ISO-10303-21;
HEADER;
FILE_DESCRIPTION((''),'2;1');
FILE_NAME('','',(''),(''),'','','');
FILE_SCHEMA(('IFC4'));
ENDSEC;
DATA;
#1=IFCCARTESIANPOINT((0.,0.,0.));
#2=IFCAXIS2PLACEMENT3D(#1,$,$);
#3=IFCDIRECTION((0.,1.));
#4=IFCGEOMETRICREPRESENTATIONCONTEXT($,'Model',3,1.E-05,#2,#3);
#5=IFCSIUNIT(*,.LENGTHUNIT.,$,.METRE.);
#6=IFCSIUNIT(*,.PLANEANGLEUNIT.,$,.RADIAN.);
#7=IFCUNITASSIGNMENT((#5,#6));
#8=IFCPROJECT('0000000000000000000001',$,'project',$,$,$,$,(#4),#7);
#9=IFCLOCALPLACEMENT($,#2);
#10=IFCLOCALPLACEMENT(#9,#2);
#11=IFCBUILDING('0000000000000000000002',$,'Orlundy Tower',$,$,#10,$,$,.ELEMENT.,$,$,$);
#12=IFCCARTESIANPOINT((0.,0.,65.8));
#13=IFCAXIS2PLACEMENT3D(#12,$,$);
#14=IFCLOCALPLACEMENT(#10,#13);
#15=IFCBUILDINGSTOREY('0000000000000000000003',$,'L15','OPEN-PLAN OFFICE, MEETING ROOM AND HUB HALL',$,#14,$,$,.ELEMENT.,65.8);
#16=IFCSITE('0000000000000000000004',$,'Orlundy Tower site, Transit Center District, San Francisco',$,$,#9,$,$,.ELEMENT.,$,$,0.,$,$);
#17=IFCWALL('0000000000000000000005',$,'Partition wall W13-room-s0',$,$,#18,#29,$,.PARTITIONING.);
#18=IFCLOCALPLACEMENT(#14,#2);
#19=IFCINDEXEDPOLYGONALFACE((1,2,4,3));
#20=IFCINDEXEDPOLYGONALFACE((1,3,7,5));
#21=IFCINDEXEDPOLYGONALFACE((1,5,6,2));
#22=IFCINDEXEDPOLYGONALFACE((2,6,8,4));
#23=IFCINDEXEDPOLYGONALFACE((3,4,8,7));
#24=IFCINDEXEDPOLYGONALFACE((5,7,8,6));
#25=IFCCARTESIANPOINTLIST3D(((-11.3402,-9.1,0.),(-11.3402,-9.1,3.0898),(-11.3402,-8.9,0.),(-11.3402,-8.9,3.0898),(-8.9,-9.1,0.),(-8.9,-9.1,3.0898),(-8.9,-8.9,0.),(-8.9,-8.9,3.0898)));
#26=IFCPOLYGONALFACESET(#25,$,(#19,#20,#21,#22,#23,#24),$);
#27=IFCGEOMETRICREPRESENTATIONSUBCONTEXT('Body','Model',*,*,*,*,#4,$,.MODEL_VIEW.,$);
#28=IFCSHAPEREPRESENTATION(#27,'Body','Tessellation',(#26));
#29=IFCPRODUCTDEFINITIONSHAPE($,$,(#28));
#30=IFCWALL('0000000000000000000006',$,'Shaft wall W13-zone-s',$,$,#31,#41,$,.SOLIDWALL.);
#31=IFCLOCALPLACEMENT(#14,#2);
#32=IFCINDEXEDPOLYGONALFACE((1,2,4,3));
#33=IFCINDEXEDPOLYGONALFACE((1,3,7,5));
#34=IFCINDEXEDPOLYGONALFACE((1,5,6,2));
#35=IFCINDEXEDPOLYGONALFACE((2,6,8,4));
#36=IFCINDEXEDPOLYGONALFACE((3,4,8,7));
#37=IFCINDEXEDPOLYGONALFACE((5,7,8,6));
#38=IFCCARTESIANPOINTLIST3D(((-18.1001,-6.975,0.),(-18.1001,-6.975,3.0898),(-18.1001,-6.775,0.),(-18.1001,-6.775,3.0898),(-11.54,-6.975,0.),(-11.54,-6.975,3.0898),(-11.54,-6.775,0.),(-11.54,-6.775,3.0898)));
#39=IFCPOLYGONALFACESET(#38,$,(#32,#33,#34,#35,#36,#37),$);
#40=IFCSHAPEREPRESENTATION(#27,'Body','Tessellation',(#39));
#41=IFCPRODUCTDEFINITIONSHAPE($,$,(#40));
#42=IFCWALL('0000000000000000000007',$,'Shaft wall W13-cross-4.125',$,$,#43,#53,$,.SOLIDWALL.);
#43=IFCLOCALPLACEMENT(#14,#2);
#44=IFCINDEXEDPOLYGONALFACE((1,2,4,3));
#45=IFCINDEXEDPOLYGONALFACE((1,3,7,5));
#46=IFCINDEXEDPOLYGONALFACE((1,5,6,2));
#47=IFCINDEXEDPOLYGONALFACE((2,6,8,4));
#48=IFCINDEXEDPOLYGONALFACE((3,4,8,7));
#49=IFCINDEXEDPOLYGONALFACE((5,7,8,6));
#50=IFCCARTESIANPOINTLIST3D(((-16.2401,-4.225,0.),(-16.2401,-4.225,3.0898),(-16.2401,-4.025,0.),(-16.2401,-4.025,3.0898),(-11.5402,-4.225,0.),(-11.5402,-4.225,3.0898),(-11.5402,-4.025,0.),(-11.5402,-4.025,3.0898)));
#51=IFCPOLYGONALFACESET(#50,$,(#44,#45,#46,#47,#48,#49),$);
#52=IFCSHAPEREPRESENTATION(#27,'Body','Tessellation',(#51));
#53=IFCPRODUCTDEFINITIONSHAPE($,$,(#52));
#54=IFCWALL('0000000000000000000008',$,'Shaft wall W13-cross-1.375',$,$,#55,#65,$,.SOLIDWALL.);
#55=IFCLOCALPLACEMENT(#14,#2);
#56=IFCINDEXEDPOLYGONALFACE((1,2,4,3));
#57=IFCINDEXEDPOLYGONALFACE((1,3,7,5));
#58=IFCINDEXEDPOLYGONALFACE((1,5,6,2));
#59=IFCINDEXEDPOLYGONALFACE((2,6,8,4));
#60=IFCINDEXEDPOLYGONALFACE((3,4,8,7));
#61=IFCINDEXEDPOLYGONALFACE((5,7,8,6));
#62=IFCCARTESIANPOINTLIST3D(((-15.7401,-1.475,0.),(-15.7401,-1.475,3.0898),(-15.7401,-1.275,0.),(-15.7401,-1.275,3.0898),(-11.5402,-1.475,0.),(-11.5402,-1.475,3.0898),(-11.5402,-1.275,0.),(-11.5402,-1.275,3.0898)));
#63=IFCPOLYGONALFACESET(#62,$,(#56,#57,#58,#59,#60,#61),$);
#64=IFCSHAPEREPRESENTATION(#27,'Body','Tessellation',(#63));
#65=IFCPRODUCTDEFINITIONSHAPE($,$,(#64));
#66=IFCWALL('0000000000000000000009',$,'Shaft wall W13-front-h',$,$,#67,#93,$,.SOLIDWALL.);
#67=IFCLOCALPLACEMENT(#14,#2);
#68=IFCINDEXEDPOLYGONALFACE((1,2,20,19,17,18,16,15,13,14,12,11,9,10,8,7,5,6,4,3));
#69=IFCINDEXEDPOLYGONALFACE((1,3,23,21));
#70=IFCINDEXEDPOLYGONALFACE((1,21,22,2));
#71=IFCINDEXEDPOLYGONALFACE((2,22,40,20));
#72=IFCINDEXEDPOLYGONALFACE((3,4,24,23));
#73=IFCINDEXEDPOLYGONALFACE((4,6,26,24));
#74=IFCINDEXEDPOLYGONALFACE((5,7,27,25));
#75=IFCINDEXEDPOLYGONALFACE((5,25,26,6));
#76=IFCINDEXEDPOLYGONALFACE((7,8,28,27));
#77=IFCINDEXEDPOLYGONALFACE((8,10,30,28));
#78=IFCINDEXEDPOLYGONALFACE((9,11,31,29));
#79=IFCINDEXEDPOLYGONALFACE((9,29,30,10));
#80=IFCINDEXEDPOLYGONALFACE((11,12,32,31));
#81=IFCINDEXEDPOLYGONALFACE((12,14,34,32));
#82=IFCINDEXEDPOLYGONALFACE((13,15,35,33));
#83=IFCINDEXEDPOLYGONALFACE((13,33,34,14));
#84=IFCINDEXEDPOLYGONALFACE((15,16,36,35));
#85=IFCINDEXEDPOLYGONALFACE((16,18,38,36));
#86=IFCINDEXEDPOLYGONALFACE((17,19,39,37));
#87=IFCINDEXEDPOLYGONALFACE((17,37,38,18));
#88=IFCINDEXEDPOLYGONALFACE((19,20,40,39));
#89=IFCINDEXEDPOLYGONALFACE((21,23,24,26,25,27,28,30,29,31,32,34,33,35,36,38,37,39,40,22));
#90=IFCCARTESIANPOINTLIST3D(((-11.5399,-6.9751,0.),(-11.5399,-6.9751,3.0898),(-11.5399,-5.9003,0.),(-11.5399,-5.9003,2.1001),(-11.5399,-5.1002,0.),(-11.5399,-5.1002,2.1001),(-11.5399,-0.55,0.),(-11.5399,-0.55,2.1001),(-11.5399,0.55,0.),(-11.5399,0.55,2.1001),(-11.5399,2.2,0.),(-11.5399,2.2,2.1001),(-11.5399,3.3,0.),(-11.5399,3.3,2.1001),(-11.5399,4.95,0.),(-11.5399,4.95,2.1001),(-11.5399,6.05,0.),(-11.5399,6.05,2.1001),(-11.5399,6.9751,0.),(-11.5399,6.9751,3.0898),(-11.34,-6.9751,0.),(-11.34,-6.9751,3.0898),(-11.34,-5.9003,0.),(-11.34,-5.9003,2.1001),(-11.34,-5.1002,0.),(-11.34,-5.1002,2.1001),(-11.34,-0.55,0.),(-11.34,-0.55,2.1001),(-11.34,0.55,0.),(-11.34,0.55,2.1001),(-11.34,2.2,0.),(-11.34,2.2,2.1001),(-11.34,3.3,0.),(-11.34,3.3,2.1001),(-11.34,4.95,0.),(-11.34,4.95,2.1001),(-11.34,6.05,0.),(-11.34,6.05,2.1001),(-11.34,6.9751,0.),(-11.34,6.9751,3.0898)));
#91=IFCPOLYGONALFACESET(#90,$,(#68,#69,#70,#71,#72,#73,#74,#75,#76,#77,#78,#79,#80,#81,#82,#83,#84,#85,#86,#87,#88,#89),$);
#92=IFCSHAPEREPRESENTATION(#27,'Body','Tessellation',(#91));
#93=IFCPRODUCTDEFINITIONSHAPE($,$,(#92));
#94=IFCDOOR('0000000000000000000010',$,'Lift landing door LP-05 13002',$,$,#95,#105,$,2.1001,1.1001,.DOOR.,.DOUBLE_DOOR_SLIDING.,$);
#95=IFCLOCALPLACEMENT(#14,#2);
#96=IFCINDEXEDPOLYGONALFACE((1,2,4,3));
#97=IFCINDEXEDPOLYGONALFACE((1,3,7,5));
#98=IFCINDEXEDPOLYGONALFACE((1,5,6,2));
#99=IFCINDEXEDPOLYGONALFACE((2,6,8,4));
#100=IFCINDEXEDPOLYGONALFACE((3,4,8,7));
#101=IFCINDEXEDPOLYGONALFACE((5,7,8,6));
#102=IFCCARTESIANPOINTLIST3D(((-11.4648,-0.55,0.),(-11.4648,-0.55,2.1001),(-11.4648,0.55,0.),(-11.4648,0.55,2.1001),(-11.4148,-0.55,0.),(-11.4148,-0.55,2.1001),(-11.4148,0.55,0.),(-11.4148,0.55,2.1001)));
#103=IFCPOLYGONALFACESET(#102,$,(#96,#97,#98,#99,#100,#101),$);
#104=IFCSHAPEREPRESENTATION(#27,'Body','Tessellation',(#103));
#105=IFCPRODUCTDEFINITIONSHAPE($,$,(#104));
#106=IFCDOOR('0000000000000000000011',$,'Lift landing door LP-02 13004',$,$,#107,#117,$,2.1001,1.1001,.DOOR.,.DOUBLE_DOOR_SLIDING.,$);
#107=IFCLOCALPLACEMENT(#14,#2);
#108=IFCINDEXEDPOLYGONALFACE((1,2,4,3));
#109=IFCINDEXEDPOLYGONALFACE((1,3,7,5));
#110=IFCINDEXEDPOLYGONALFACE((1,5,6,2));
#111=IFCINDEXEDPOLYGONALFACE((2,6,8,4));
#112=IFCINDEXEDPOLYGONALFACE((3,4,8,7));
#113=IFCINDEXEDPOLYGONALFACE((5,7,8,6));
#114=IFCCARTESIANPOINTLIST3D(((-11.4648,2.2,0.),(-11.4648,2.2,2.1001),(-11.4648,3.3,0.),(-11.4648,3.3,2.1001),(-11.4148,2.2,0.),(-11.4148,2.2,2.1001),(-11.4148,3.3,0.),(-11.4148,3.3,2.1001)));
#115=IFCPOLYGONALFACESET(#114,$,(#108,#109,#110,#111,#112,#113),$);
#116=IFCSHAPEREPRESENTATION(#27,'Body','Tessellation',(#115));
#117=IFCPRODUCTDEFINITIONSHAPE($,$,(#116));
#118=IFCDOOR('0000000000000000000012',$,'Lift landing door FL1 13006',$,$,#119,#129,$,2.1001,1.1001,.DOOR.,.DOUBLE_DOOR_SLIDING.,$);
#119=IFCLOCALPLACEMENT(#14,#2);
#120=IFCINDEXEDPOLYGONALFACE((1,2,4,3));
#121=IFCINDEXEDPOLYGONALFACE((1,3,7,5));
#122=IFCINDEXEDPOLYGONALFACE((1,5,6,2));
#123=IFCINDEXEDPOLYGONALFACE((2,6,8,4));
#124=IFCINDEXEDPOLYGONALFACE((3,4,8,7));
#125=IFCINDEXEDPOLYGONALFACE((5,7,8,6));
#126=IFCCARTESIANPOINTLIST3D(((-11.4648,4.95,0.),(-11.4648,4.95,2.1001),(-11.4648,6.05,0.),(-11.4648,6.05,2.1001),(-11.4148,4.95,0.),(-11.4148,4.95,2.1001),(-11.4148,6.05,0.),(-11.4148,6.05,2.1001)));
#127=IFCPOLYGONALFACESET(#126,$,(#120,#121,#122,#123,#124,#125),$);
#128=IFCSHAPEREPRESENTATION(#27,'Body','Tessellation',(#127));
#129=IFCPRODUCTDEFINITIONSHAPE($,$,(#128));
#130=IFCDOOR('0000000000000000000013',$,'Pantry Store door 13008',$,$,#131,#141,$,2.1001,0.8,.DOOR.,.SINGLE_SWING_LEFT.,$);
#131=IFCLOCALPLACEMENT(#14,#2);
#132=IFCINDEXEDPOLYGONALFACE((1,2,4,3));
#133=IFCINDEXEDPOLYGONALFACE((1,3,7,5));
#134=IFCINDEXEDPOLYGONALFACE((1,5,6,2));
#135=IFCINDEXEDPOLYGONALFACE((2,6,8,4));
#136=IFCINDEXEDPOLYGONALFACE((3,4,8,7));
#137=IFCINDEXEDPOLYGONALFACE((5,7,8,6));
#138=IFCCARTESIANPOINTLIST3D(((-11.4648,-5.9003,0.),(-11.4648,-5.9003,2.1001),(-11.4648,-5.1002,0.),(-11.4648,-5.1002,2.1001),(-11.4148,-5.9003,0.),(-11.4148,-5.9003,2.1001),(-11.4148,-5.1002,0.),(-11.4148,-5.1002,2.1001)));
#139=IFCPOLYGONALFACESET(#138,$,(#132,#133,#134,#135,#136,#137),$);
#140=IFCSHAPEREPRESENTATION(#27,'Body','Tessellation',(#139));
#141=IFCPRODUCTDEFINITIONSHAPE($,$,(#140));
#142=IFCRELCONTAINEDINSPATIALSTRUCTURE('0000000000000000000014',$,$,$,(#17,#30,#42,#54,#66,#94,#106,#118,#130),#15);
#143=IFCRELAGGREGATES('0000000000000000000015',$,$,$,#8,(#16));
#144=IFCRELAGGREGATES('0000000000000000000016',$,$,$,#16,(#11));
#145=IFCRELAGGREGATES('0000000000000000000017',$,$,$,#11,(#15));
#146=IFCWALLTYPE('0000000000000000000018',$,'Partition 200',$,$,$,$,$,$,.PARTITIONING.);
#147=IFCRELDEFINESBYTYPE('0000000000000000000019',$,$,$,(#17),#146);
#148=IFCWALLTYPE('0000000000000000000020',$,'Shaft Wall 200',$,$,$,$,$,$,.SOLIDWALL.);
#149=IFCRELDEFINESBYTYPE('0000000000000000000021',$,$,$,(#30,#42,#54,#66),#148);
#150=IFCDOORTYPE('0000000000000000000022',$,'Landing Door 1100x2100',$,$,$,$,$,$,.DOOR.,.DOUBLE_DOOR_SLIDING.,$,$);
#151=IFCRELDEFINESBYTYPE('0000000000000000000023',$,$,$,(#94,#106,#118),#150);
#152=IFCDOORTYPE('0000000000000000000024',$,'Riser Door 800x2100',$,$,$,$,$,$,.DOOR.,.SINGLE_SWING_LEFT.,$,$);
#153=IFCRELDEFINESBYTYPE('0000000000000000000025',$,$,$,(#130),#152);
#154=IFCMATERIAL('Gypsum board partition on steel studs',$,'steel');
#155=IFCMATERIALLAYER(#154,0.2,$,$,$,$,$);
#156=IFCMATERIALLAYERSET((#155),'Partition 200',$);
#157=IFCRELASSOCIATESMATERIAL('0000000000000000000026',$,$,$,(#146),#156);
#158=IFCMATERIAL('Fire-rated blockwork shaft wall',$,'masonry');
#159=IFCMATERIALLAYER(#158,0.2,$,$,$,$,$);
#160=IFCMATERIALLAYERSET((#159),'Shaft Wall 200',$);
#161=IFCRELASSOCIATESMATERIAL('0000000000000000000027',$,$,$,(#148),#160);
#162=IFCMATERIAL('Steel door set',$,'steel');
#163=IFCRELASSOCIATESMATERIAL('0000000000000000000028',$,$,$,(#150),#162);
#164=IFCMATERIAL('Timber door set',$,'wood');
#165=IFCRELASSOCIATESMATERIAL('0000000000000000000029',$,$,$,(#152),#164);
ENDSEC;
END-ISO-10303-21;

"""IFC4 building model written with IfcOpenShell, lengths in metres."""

from ifc_helpers import new_model, si_unit, direction, frame, frame_2d, origin, place, context, subcontext, project, spatial, rectangle, extrude, material, layer, layer_set, type_object, element, fill, save


model = new_model("IFC4")

# Units and contexts
model_context = context("Model", 3, precision=1e-05, world=origin(), true_north=direction((0.0, 1.0)))
body_context = subcontext(model_context, "Body", "Model", "MODEL_VIEW")
ifc_project = project(units=[si_unit("LENGTHUNIT", "METRE"), si_unit("PLANEANGLEUNIT", "RADIAN")], contexts=[model_context])

# Site, building, storey
site_placement = place(None, origin())
site = spatial("IfcSite", under=ifc_project, at=site_placement, Name="Orlundy Tower site, Transit Center District, San Francisco", CompositionType="ELEMENT", RefElevation=0.0)
building_placement = place(site_placement, origin())
building = spatial("IfcBuilding", under=site, at=building_placement, Name="Orlundy Tower", CompositionType="ELEMENT")
storey_placement = place(building_placement, frame((0.0, 0.0, 65.8)))
storey = spatial("IfcBuildingStorey", under=building, at=storey_placement, Name="L15", Description="OPEN-PLAN OFFICE, MEETING ROOM AND HUB HALL", CompositionType="ELEMENT", Elevation=65.8)

# Shared definitions
ifc_material_1 = material(Name="Gypsum board partition on steel studs", Category="steel")
ifc_layer_1 = layer(ifc_material_1, 0.2)
ifc_layer_set_1 = layer_set([ifc_layer_1], Name="Partition 200")
wall_type_1 = type_object("IfcWallType", Name="Partition 200", PredefinedType="PARTITIONING", material=ifc_layer_set_1)

# Walls
wall_1_placement = place(storey_placement, frame((-8.8999, -9.0, 0.0), z_axis=(0.0, 0.0, 1.0), x_axis=(-1.0, 0.0, 0.0)))
element("IfcWall", 1, at=wall_1_placement, inside=storey, type_object=wall_type_1, Name="Partition wall W13-room-s0", PredefinedType="PARTITIONING", context=body_context, shape_type="SweptSolid", body=[
    extrude(rectangle(XDim=2.4402, YDim=0.2, at=frame_2d((1.2202, 0.0))), origin(), (0.0, 0.0, 1.0), 3.0898),
])
ifc_material_2 = material(Name="Fire-rated blockwork shaft wall", Category="masonry")
ifc_layer_2 = layer(ifc_material_2, 0.2)
ifc_layer_set_2 = layer_set([ifc_layer_2], Name="Shaft Wall 200")
wall_type_2 = type_object("IfcWallType", Name="Shaft Wall 200", PredefinedType="SOLIDWALL", material=ifc_layer_set_2)
wall_2_placement = place(storey_placement, frame((-11.54, -6.875, 0.0), z_axis=(0.0, 0.0, 1.0), x_axis=(-1.0, 0.0, 0.0)))
element("IfcWall", 2, at=wall_2_placement, inside=storey, type_object=wall_type_2, Name="Shaft wall W13-zone-s", PredefinedType="SOLIDWALL", context=body_context, shape_type="SweptSolid", body=[
    extrude(rectangle(XDim=6.5601, YDim=0.2, at=frame_2d((3.28, 0.0))), origin(), (0.0, 0.0, 1.0), 3.0898),
])
wall_3_placement = place(storey_placement, frame((-11.54, -4.125, 0.0), z_axis=(0.0, 0.0, 1.0), x_axis=(-1.0, 0.0, 0.0)))
element("IfcWall", 3, at=wall_3_placement, inside=storey, type_object=wall_type_2, Name="Shaft wall W13-cross-4.125", PredefinedType="SOLIDWALL", context=body_context, shape_type="SweptSolid", body=[
    extrude(rectangle(XDim=4.7, YDim=0.2, at=frame_2d((2.3501, 0.0))), origin(), (0.0, 0.0, 1.0), 3.0898),
])
wall_4_placement = place(storey_placement, frame((-11.54, -1.375, 0.0), z_axis=(0.0, 0.0, 1.0), x_axis=(-1.0, 0.0, 0.0)))
element("IfcWall", 4, at=wall_4_placement, inside=storey, type_object=wall_type_2, Name="Shaft wall W13-cross-1.375", PredefinedType="SOLIDWALL", context=body_context, shape_type="SweptSolid", body=[
    extrude(rectangle(XDim=4.2, YDim=0.2, at=frame_2d((2.1001, 0.0))), origin(), (0.0, 0.0, 1.0), 3.0898),
])

# Wall, openings, doors
wall_5_placement = place(storey_placement, frame((-11.4399, -6.9751, 0.0), z_axis=(0.0, 0.0, 1.0), x_axis=(0.0, 1.0, 0.0)))
wall_5 = element("IfcWall", 5, at=wall_5_placement, inside=storey, type_object=wall_type_2, Name="Shaft wall W13-front-h", PredefinedType="SOLIDWALL", context=body_context, shape_type="SweptSolid", body=[
    extrude(rectangle(XDim=13.9502, YDim=0.2, at=frame_2d((6.9751, 0.0))), origin(), (0.0, 0.0, 1.0), 3.0898),
])
opening_1_placement = place(wall_5_placement, frame((6.425, 0.0, 0.0)))
opening_1 = element("IfcOpeningElement", 6, at=opening_1_placement, cuts=wall_5, PredefinedType="OPENING", context=body_context, shape_type="SweptSolid", body=[
    extrude(rectangle(XDim=1.1001, YDim=2.1001, at=frame_2d((0.55, 1.05))), frame((0.0, 0.1101, 0.0), z_axis=(0.0, -1.0, 0.0), x_axis=(1.0, 0.0, 0.0)), (0.0, 0.0, 1.0), 0.2202),
])
opening_2_placement = place(wall_5_placement, frame((9.175, 0.0, 0.0)))
opening_2 = element("IfcOpeningElement", 7, at=opening_2_placement, cuts=wall_5, PredefinedType="OPENING", context=body_context, shape_type="SweptSolid", body=[
    extrude(rectangle(XDim=1.1001, YDim=2.1001, at=frame_2d((0.55, 1.05))), frame((0.0, 0.1101, 0.0), z_axis=(0.0, -1.0, 0.0), x_axis=(1.0, 0.0, 0.0)), (0.0, 0.0, 1.0), 0.2202),
])
opening_3_placement = place(wall_5_placement, frame((11.925, 0.0, 0.0)))
opening_3 = element("IfcOpeningElement", 8, at=opening_3_placement, cuts=wall_5, PredefinedType="OPENING", context=body_context, shape_type="SweptSolid", body=[
    extrude(rectangle(XDim=1.1001, YDim=2.1001, at=frame_2d((0.55, 1.05))), frame((0.0, 0.1101, 0.0), z_axis=(0.0, -1.0, 0.0), x_axis=(1.0, 0.0, 0.0)), (0.0, 0.0, 1.0), 0.2202),
])
opening_4_placement = place(wall_5_placement, frame((1.075, 0.0, 0.0)))
opening_4 = element("IfcOpeningElement", 9, at=opening_4_placement, cuts=wall_5, PredefinedType="OPENING", context=body_context, shape_type="SweptSolid", body=[
    extrude(rectangle(XDim=0.8, YDim=2.1001, at=frame_2d((0.3999, 1.05))), frame((0.0, 0.1101, 0.0), z_axis=(0.0, -1.0, 0.0), x_axis=(1.0, 0.0, 0.0)), (0.0, 0.0, 1.0), 0.2202),
])
ifc_material_3 = material(Name="Steel door set", Category="steel")
door_type_1 = type_object("IfcDoorType", Name="Landing Door 1100x2100", OperationType="DOUBLE_DOOR_SLIDING", PredefinedType="DOOR", material=ifc_material_3)
door_1_placement = place(opening_1_placement, origin())
door_1 = element("IfcDoor", 10, at=door_1_placement, inside=storey, type_object=door_type_1, Name="Lift landing door LP-05 13002", OperationType="DOUBLE_DOOR_SLIDING", OverallHeight=2.1001, OverallWidth=1.1001, PredefinedType="DOOR", context=body_context, shape_type="SweptSolid", body=[
    extrude(rectangle(XDim=1.1001, YDim=2.1001, at=frame_2d((0.55, 1.05))), frame((0.0, 0.0249, 0.0), z_axis=(0.0, -1.0, 0.0), x_axis=(1.0, 0.0, 0.0)), (0.0, 0.0, 1.0), 0.05),
])
fill(opening_1, door_1)
door_2_placement = place(opening_2_placement, origin())
door_2 = element("IfcDoor", 11, at=door_2_placement, inside=storey, type_object=door_type_1, Name="Lift landing door LP-02 13004", OperationType="DOUBLE_DOOR_SLIDING", OverallHeight=2.1001, OverallWidth=1.1001, PredefinedType="DOOR", context=body_context, shape_type="SweptSolid", body=[
    extrude(rectangle(XDim=1.1001, YDim=2.1001, at=frame_2d((0.55, 1.05))), frame((0.0, 0.0249, 0.0), z_axis=(0.0, -1.0, 0.0), x_axis=(1.0, 0.0, 0.0)), (0.0, 0.0, 1.0), 0.05),
])
fill(opening_2, door_2)
door_3_placement = place(opening_3_placement, origin())
door_3 = element("IfcDoor", 12, at=door_3_placement, inside=storey, type_object=door_type_1, Name="Lift landing door FL1 13006", OperationType="DOUBLE_DOOR_SLIDING", OverallHeight=2.1001, OverallWidth=1.1001, PredefinedType="DOOR", context=body_context, shape_type="SweptSolid", body=[
    extrude(rectangle(XDim=1.1001, YDim=2.1001, at=frame_2d((0.55, 1.05))), frame((0.0, 0.0249, 0.0), z_axis=(0.0, -1.0, 0.0), x_axis=(1.0, 0.0, 0.0)), (0.0, 0.0, 1.0), 0.05),
])
fill(opening_3, door_3)
ifc_material_4 = material(Name="Timber door set", Category="wood")
door_type_2 = type_object("IfcDoorType", Name="Riser Door 800x2100", OperationType="SINGLE_SWING_LEFT", PredefinedType="DOOR", material=ifc_material_4)
door_4_placement = place(opening_4_placement, origin())
door_4 = element("IfcDoor", 13, at=door_4_placement, inside=storey, type_object=door_type_2, Name="Pantry Store door 13008", OperationType="SINGLE_SWING_LEFT", OverallHeight=2.1001, OverallWidth=0.8, PredefinedType="DOOR", context=body_context, shape_type="SweptSolid", body=[
    extrude(rectangle(XDim=0.8, YDim=2.1001, at=frame_2d((0.3999, 1.05))), frame((0.0, 0.0249, 0.0), z_axis=(0.0, -1.0, 0.0), x_axis=(1.0, 0.0, 0.0)), (0.0, 0.0, 1.0), 0.05),
])
fill(opening_4, door_4)

save(model, "model.ifc")
